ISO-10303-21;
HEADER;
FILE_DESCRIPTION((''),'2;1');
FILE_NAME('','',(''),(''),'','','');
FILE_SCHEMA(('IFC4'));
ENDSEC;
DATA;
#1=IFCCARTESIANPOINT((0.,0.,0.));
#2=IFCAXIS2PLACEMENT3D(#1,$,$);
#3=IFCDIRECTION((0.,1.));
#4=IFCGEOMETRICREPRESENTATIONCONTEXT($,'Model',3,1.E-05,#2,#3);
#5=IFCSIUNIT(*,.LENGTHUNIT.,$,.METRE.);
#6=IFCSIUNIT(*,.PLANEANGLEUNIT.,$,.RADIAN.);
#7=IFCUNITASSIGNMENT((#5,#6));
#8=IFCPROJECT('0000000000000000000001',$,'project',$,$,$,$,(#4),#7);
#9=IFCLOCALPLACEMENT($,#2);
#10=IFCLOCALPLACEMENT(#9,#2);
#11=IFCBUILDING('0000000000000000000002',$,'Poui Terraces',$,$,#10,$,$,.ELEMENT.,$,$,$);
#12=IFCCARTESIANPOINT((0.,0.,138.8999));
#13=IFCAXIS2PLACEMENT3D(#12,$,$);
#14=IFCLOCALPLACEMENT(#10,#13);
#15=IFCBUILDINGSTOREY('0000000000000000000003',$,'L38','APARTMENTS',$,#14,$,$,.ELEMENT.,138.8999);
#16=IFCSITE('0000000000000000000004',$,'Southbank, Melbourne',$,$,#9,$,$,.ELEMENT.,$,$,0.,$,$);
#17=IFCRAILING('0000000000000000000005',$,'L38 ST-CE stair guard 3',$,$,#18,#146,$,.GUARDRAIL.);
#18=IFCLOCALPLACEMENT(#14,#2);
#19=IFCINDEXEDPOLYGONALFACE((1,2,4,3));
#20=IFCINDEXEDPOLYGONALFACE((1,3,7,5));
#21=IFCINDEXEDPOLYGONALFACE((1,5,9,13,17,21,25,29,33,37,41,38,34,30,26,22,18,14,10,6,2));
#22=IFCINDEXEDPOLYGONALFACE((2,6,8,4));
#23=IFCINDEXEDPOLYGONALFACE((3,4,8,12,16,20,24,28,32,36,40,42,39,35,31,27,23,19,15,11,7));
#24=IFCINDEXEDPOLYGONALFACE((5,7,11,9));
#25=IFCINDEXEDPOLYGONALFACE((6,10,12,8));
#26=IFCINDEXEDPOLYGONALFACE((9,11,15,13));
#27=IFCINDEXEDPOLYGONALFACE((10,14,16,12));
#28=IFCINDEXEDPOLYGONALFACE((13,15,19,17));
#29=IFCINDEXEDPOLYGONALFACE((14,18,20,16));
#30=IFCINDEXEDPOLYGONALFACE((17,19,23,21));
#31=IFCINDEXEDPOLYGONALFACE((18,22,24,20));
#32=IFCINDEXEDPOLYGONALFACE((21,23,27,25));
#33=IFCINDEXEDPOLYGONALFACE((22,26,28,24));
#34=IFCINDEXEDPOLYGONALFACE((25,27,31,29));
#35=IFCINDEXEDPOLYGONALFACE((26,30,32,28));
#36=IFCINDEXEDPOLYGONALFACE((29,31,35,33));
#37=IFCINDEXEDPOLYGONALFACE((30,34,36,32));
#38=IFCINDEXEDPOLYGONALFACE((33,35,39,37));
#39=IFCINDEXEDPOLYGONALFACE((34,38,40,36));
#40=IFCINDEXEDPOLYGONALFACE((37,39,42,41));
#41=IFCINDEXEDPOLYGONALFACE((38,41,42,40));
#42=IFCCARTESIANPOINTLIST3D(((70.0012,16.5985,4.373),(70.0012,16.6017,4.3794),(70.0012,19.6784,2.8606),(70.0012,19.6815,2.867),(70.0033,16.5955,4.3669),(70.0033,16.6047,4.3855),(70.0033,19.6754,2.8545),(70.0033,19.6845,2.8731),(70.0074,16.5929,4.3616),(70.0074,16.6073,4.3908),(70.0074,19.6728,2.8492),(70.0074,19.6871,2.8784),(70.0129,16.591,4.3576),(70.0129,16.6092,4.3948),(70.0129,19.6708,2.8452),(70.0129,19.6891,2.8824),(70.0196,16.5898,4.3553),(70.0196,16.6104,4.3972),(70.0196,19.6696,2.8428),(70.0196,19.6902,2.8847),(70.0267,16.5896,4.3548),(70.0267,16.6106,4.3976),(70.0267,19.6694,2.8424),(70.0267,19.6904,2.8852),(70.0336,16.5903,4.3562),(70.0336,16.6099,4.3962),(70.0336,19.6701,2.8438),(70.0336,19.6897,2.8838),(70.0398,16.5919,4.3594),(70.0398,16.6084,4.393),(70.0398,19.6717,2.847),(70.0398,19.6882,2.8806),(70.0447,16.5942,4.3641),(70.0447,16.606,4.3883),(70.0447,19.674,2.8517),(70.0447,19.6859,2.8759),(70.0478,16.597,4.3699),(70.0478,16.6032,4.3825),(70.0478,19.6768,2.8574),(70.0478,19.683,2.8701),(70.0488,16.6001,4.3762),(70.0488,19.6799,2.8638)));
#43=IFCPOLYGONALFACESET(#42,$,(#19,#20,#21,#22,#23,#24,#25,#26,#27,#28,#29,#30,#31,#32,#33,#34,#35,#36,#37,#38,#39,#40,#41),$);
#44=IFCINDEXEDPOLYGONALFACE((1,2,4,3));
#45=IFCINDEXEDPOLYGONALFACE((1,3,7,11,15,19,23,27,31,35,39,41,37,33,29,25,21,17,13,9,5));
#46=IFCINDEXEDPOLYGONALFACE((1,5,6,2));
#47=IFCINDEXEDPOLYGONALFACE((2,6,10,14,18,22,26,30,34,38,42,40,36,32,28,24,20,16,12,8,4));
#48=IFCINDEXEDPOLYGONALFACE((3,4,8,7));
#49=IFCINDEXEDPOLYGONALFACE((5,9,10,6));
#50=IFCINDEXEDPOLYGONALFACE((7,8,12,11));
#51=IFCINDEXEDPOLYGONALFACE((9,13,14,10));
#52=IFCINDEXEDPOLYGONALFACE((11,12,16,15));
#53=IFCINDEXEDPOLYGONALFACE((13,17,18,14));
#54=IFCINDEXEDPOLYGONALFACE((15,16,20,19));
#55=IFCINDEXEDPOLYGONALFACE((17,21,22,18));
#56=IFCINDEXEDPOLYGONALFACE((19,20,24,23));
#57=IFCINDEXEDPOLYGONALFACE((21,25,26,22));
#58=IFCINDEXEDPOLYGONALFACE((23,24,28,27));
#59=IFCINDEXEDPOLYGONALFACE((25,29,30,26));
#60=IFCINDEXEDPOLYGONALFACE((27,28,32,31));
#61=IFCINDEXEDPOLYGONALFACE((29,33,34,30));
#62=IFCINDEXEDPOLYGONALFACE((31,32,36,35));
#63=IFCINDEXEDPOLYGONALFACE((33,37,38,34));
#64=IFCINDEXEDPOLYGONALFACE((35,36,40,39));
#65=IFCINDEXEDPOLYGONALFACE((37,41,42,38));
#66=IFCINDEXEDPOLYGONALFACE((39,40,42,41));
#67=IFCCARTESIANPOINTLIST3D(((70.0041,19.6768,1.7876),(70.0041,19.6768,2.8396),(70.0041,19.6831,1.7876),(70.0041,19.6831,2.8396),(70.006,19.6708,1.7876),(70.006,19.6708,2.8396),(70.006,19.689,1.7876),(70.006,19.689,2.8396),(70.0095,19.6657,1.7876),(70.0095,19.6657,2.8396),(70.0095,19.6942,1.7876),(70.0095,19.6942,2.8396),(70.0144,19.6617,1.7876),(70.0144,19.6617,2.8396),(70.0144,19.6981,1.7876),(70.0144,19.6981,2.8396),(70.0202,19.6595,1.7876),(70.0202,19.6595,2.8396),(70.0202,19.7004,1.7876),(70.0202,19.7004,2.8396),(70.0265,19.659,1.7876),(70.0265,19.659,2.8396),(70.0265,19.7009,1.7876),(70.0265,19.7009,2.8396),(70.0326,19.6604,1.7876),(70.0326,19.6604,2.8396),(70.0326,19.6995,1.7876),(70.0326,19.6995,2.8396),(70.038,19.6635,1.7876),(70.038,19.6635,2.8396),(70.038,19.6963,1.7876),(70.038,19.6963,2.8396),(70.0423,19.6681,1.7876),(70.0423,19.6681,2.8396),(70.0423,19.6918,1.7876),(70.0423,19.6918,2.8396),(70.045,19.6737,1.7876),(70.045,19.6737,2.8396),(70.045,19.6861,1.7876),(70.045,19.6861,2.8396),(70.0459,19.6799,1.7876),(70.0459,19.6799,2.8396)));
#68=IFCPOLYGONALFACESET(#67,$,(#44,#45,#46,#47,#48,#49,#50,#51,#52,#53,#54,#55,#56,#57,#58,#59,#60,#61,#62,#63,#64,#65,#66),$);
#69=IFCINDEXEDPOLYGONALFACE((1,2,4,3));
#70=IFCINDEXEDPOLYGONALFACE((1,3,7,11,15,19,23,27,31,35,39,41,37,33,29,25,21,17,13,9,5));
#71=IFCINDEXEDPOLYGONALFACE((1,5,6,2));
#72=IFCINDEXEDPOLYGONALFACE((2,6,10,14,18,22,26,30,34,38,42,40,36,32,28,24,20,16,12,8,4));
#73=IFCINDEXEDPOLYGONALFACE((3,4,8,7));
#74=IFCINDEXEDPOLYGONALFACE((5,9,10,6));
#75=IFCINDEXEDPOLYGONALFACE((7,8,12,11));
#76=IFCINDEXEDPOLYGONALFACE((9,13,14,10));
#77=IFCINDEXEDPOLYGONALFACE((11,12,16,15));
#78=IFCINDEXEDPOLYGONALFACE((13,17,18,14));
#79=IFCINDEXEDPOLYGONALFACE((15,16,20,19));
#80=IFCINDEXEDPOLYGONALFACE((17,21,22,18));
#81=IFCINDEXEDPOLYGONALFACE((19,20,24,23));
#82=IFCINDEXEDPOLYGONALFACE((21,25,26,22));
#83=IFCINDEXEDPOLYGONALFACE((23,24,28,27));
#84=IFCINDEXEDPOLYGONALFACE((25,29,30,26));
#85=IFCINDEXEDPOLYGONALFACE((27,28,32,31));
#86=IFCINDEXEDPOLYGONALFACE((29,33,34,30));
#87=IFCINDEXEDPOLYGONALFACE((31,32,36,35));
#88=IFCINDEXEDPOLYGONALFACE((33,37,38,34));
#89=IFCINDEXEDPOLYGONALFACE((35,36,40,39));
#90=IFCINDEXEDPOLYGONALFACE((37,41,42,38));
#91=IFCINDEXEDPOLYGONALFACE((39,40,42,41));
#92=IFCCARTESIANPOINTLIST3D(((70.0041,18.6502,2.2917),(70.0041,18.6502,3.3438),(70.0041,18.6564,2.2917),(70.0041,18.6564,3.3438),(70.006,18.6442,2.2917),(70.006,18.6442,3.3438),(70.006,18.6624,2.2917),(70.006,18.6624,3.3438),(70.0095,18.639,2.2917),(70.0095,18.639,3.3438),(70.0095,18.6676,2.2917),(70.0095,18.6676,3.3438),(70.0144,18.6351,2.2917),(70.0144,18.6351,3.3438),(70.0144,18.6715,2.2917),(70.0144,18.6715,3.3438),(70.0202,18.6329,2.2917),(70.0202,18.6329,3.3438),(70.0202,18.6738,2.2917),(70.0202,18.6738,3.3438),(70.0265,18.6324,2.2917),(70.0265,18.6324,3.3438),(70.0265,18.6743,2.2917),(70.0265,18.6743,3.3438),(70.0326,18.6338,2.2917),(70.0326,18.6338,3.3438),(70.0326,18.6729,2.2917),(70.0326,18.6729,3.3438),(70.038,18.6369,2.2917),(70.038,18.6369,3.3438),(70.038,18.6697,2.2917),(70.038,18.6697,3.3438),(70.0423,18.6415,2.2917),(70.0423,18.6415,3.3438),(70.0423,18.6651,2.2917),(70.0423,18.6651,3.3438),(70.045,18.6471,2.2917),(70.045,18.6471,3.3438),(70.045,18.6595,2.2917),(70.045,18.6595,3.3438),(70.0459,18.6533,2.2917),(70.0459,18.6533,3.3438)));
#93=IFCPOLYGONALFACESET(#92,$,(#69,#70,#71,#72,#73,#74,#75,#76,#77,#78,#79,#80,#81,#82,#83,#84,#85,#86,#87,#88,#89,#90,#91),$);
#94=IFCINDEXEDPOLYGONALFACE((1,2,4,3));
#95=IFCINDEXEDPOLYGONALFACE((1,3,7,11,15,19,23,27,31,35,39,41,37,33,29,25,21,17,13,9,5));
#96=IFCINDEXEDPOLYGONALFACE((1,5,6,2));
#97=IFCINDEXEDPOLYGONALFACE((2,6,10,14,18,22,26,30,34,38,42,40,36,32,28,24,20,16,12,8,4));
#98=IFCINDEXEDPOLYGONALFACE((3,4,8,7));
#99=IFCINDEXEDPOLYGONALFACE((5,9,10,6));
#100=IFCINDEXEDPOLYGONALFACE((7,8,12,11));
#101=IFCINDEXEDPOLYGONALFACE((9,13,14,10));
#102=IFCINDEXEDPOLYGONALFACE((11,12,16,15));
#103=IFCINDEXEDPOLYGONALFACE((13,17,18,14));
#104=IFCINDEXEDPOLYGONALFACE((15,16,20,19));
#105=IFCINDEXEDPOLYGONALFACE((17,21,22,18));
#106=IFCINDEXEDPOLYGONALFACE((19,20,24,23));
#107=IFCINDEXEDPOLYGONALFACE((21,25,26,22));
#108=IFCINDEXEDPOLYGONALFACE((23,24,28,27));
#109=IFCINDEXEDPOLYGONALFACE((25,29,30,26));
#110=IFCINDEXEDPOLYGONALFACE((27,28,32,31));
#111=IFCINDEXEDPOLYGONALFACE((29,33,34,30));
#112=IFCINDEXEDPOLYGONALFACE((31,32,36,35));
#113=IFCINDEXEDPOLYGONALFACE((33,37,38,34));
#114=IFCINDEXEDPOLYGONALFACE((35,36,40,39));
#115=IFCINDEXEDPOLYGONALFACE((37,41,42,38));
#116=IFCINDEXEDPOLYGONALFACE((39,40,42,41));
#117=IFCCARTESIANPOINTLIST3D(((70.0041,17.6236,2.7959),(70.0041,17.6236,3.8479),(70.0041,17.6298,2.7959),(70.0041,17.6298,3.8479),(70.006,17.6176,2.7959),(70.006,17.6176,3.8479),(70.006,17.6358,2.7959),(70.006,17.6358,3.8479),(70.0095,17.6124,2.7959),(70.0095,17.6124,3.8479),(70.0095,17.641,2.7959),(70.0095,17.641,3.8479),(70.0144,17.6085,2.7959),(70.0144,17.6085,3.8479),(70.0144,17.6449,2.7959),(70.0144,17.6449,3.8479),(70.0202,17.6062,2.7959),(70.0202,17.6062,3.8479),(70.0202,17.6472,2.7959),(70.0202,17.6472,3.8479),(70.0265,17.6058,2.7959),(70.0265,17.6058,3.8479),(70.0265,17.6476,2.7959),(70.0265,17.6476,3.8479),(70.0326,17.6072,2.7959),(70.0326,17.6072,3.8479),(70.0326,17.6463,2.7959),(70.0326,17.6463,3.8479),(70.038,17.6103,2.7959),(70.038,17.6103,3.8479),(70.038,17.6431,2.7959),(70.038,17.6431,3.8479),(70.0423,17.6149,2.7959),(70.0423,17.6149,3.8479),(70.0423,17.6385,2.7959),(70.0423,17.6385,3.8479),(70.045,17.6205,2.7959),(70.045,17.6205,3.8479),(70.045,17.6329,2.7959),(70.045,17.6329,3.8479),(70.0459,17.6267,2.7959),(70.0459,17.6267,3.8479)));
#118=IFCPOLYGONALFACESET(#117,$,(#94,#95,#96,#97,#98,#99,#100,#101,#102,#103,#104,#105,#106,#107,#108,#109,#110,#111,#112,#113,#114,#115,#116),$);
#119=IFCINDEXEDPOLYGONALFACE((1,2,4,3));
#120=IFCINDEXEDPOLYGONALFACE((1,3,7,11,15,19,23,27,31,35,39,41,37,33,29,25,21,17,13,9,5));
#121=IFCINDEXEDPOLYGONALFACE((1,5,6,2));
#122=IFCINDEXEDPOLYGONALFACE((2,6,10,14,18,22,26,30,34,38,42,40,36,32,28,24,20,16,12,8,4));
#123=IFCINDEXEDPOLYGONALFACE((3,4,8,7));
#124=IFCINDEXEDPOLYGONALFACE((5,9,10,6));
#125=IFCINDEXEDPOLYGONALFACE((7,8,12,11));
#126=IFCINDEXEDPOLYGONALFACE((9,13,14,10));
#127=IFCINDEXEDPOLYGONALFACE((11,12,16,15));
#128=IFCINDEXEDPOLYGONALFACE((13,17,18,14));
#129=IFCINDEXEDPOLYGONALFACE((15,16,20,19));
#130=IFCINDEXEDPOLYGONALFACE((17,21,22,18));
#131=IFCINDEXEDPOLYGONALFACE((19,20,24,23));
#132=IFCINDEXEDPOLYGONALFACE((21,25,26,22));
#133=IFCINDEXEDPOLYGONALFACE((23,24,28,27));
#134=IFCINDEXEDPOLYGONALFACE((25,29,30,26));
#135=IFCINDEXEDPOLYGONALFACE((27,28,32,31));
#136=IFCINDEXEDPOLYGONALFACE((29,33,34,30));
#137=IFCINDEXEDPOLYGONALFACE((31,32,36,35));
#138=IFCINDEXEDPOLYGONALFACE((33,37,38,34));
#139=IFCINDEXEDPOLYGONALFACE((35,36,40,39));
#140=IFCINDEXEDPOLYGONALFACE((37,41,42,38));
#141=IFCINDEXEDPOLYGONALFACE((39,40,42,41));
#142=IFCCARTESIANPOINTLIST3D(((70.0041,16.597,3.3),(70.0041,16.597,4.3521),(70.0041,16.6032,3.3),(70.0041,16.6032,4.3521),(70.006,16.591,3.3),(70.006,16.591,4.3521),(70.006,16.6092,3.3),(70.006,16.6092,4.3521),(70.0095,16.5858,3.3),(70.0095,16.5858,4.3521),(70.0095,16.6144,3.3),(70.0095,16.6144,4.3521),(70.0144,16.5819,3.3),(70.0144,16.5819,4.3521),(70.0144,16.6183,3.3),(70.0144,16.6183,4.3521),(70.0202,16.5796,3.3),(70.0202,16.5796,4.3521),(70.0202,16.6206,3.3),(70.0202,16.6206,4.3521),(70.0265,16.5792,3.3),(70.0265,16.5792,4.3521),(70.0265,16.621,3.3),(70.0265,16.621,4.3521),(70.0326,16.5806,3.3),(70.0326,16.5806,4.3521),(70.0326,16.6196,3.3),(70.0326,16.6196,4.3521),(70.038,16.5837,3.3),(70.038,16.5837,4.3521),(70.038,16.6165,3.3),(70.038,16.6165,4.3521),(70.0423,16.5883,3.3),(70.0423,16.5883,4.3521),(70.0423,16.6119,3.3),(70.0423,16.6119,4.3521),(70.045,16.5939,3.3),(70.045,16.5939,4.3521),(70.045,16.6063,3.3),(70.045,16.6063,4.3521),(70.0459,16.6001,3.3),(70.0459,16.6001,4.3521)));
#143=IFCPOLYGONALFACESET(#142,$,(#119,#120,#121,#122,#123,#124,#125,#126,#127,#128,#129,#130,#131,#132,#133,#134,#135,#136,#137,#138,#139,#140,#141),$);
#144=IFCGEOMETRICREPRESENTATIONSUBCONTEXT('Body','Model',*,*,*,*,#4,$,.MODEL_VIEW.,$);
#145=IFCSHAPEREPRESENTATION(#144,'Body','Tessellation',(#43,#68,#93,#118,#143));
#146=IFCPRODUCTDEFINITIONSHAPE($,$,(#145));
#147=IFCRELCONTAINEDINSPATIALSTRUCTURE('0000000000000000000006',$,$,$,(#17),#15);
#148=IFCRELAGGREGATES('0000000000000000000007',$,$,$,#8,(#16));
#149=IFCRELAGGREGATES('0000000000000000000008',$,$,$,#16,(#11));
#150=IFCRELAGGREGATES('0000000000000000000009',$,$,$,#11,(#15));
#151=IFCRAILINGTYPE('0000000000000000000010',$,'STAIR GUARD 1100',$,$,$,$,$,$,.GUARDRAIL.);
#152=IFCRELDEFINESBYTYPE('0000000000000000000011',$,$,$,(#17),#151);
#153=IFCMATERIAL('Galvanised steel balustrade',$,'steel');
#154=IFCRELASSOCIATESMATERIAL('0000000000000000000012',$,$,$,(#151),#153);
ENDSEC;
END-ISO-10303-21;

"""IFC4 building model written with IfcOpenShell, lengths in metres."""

from ifc_helpers import new_model, si_unit, direction, frame, origin, origin_2d, place, context, subcontext, project, spatial, circle, extrude, material, type_object, element, save


model = new_model("IFC4")

# Units and contexts
model_context = context("Model", 3, precision=1e-05, world=origin(), true_north=direction((0.0, 1.0)))
body_context = subcontext(model_context, "Body", "Model", "MODEL_VIEW")
ifc_project = project(units=[si_unit("LENGTHUNIT", "METRE"), si_unit("PLANEANGLEUNIT", "RADIAN")], contexts=[model_context])

# Site, building, storey
site_placement = place(None, origin())
site = spatial("IfcSite", under=ifc_project, at=site_placement, Name="Southbank, Melbourne", CompositionType="ELEMENT", RefElevation=0.0)
building_placement = place(site_placement, origin())
building = spatial("IfcBuilding", under=site, at=building_placement, Name="Poui Terraces", CompositionType="ELEMENT")
storey_placement = place(building_placement, frame((0.0, 0.0, 138.8999)))
storey = spatial("IfcBuildingStorey", under=building, at=storey_placement, Name="L38", Description="APARTMENTS", CompositionType="ELEMENT", Elevation=138.8999)

# Railing
ifc_material_1 = material(Name="Galvanised steel balustrade", Category="steel")
railing_type_1 = type_object("IfcRailingType", Name="STAIR GUARD 1100", PredefinedType="GUARDRAIL", material=ifc_material_1)
railing_1_placement = place(storey_placement, frame((70.0249, 19.6799, 1.7876)))
element("IfcRailing", 1, at=railing_1_placement, inside=storey, type_object=railing_type_1, Name="L38 ST-CE stair guard 3", PredefinedType="GUARDRAIL", context=body_context, shape_type="SweptSolid", body=[
    extrude(circle(Radius=0.0239, at=origin_2d()), frame((0.0, 0.0, 1.0762), z_axis=(0.0, -0.897606, 0.440798), x_axis=(1.0, 0.0, 0.0)), (0.0, 0.0, 1.0), 3.4312),
    extrude(circle(Radius=0.021, at=origin_2d()), origin(), (0.0, 0.0, 1.0), 1.052),
    extrude(circle(Radius=0.021, at=origin_2d()), frame((0.0, -1.0266, 0.5042)), (0.0, 0.0, 1.0), 1.052),
    extrude(circle(Radius=0.021, at=origin_2d()), frame((0.0, -2.0532, 1.0083)), (0.0, 0.0, 1.0), 1.052),
    extrude(circle(Radius=0.021, at=origin_2d()), frame((0.0, -3.0798, 1.5125)), (0.0, 0.0, 1.0), 1.052),
])

save(model, "model.ifc")
